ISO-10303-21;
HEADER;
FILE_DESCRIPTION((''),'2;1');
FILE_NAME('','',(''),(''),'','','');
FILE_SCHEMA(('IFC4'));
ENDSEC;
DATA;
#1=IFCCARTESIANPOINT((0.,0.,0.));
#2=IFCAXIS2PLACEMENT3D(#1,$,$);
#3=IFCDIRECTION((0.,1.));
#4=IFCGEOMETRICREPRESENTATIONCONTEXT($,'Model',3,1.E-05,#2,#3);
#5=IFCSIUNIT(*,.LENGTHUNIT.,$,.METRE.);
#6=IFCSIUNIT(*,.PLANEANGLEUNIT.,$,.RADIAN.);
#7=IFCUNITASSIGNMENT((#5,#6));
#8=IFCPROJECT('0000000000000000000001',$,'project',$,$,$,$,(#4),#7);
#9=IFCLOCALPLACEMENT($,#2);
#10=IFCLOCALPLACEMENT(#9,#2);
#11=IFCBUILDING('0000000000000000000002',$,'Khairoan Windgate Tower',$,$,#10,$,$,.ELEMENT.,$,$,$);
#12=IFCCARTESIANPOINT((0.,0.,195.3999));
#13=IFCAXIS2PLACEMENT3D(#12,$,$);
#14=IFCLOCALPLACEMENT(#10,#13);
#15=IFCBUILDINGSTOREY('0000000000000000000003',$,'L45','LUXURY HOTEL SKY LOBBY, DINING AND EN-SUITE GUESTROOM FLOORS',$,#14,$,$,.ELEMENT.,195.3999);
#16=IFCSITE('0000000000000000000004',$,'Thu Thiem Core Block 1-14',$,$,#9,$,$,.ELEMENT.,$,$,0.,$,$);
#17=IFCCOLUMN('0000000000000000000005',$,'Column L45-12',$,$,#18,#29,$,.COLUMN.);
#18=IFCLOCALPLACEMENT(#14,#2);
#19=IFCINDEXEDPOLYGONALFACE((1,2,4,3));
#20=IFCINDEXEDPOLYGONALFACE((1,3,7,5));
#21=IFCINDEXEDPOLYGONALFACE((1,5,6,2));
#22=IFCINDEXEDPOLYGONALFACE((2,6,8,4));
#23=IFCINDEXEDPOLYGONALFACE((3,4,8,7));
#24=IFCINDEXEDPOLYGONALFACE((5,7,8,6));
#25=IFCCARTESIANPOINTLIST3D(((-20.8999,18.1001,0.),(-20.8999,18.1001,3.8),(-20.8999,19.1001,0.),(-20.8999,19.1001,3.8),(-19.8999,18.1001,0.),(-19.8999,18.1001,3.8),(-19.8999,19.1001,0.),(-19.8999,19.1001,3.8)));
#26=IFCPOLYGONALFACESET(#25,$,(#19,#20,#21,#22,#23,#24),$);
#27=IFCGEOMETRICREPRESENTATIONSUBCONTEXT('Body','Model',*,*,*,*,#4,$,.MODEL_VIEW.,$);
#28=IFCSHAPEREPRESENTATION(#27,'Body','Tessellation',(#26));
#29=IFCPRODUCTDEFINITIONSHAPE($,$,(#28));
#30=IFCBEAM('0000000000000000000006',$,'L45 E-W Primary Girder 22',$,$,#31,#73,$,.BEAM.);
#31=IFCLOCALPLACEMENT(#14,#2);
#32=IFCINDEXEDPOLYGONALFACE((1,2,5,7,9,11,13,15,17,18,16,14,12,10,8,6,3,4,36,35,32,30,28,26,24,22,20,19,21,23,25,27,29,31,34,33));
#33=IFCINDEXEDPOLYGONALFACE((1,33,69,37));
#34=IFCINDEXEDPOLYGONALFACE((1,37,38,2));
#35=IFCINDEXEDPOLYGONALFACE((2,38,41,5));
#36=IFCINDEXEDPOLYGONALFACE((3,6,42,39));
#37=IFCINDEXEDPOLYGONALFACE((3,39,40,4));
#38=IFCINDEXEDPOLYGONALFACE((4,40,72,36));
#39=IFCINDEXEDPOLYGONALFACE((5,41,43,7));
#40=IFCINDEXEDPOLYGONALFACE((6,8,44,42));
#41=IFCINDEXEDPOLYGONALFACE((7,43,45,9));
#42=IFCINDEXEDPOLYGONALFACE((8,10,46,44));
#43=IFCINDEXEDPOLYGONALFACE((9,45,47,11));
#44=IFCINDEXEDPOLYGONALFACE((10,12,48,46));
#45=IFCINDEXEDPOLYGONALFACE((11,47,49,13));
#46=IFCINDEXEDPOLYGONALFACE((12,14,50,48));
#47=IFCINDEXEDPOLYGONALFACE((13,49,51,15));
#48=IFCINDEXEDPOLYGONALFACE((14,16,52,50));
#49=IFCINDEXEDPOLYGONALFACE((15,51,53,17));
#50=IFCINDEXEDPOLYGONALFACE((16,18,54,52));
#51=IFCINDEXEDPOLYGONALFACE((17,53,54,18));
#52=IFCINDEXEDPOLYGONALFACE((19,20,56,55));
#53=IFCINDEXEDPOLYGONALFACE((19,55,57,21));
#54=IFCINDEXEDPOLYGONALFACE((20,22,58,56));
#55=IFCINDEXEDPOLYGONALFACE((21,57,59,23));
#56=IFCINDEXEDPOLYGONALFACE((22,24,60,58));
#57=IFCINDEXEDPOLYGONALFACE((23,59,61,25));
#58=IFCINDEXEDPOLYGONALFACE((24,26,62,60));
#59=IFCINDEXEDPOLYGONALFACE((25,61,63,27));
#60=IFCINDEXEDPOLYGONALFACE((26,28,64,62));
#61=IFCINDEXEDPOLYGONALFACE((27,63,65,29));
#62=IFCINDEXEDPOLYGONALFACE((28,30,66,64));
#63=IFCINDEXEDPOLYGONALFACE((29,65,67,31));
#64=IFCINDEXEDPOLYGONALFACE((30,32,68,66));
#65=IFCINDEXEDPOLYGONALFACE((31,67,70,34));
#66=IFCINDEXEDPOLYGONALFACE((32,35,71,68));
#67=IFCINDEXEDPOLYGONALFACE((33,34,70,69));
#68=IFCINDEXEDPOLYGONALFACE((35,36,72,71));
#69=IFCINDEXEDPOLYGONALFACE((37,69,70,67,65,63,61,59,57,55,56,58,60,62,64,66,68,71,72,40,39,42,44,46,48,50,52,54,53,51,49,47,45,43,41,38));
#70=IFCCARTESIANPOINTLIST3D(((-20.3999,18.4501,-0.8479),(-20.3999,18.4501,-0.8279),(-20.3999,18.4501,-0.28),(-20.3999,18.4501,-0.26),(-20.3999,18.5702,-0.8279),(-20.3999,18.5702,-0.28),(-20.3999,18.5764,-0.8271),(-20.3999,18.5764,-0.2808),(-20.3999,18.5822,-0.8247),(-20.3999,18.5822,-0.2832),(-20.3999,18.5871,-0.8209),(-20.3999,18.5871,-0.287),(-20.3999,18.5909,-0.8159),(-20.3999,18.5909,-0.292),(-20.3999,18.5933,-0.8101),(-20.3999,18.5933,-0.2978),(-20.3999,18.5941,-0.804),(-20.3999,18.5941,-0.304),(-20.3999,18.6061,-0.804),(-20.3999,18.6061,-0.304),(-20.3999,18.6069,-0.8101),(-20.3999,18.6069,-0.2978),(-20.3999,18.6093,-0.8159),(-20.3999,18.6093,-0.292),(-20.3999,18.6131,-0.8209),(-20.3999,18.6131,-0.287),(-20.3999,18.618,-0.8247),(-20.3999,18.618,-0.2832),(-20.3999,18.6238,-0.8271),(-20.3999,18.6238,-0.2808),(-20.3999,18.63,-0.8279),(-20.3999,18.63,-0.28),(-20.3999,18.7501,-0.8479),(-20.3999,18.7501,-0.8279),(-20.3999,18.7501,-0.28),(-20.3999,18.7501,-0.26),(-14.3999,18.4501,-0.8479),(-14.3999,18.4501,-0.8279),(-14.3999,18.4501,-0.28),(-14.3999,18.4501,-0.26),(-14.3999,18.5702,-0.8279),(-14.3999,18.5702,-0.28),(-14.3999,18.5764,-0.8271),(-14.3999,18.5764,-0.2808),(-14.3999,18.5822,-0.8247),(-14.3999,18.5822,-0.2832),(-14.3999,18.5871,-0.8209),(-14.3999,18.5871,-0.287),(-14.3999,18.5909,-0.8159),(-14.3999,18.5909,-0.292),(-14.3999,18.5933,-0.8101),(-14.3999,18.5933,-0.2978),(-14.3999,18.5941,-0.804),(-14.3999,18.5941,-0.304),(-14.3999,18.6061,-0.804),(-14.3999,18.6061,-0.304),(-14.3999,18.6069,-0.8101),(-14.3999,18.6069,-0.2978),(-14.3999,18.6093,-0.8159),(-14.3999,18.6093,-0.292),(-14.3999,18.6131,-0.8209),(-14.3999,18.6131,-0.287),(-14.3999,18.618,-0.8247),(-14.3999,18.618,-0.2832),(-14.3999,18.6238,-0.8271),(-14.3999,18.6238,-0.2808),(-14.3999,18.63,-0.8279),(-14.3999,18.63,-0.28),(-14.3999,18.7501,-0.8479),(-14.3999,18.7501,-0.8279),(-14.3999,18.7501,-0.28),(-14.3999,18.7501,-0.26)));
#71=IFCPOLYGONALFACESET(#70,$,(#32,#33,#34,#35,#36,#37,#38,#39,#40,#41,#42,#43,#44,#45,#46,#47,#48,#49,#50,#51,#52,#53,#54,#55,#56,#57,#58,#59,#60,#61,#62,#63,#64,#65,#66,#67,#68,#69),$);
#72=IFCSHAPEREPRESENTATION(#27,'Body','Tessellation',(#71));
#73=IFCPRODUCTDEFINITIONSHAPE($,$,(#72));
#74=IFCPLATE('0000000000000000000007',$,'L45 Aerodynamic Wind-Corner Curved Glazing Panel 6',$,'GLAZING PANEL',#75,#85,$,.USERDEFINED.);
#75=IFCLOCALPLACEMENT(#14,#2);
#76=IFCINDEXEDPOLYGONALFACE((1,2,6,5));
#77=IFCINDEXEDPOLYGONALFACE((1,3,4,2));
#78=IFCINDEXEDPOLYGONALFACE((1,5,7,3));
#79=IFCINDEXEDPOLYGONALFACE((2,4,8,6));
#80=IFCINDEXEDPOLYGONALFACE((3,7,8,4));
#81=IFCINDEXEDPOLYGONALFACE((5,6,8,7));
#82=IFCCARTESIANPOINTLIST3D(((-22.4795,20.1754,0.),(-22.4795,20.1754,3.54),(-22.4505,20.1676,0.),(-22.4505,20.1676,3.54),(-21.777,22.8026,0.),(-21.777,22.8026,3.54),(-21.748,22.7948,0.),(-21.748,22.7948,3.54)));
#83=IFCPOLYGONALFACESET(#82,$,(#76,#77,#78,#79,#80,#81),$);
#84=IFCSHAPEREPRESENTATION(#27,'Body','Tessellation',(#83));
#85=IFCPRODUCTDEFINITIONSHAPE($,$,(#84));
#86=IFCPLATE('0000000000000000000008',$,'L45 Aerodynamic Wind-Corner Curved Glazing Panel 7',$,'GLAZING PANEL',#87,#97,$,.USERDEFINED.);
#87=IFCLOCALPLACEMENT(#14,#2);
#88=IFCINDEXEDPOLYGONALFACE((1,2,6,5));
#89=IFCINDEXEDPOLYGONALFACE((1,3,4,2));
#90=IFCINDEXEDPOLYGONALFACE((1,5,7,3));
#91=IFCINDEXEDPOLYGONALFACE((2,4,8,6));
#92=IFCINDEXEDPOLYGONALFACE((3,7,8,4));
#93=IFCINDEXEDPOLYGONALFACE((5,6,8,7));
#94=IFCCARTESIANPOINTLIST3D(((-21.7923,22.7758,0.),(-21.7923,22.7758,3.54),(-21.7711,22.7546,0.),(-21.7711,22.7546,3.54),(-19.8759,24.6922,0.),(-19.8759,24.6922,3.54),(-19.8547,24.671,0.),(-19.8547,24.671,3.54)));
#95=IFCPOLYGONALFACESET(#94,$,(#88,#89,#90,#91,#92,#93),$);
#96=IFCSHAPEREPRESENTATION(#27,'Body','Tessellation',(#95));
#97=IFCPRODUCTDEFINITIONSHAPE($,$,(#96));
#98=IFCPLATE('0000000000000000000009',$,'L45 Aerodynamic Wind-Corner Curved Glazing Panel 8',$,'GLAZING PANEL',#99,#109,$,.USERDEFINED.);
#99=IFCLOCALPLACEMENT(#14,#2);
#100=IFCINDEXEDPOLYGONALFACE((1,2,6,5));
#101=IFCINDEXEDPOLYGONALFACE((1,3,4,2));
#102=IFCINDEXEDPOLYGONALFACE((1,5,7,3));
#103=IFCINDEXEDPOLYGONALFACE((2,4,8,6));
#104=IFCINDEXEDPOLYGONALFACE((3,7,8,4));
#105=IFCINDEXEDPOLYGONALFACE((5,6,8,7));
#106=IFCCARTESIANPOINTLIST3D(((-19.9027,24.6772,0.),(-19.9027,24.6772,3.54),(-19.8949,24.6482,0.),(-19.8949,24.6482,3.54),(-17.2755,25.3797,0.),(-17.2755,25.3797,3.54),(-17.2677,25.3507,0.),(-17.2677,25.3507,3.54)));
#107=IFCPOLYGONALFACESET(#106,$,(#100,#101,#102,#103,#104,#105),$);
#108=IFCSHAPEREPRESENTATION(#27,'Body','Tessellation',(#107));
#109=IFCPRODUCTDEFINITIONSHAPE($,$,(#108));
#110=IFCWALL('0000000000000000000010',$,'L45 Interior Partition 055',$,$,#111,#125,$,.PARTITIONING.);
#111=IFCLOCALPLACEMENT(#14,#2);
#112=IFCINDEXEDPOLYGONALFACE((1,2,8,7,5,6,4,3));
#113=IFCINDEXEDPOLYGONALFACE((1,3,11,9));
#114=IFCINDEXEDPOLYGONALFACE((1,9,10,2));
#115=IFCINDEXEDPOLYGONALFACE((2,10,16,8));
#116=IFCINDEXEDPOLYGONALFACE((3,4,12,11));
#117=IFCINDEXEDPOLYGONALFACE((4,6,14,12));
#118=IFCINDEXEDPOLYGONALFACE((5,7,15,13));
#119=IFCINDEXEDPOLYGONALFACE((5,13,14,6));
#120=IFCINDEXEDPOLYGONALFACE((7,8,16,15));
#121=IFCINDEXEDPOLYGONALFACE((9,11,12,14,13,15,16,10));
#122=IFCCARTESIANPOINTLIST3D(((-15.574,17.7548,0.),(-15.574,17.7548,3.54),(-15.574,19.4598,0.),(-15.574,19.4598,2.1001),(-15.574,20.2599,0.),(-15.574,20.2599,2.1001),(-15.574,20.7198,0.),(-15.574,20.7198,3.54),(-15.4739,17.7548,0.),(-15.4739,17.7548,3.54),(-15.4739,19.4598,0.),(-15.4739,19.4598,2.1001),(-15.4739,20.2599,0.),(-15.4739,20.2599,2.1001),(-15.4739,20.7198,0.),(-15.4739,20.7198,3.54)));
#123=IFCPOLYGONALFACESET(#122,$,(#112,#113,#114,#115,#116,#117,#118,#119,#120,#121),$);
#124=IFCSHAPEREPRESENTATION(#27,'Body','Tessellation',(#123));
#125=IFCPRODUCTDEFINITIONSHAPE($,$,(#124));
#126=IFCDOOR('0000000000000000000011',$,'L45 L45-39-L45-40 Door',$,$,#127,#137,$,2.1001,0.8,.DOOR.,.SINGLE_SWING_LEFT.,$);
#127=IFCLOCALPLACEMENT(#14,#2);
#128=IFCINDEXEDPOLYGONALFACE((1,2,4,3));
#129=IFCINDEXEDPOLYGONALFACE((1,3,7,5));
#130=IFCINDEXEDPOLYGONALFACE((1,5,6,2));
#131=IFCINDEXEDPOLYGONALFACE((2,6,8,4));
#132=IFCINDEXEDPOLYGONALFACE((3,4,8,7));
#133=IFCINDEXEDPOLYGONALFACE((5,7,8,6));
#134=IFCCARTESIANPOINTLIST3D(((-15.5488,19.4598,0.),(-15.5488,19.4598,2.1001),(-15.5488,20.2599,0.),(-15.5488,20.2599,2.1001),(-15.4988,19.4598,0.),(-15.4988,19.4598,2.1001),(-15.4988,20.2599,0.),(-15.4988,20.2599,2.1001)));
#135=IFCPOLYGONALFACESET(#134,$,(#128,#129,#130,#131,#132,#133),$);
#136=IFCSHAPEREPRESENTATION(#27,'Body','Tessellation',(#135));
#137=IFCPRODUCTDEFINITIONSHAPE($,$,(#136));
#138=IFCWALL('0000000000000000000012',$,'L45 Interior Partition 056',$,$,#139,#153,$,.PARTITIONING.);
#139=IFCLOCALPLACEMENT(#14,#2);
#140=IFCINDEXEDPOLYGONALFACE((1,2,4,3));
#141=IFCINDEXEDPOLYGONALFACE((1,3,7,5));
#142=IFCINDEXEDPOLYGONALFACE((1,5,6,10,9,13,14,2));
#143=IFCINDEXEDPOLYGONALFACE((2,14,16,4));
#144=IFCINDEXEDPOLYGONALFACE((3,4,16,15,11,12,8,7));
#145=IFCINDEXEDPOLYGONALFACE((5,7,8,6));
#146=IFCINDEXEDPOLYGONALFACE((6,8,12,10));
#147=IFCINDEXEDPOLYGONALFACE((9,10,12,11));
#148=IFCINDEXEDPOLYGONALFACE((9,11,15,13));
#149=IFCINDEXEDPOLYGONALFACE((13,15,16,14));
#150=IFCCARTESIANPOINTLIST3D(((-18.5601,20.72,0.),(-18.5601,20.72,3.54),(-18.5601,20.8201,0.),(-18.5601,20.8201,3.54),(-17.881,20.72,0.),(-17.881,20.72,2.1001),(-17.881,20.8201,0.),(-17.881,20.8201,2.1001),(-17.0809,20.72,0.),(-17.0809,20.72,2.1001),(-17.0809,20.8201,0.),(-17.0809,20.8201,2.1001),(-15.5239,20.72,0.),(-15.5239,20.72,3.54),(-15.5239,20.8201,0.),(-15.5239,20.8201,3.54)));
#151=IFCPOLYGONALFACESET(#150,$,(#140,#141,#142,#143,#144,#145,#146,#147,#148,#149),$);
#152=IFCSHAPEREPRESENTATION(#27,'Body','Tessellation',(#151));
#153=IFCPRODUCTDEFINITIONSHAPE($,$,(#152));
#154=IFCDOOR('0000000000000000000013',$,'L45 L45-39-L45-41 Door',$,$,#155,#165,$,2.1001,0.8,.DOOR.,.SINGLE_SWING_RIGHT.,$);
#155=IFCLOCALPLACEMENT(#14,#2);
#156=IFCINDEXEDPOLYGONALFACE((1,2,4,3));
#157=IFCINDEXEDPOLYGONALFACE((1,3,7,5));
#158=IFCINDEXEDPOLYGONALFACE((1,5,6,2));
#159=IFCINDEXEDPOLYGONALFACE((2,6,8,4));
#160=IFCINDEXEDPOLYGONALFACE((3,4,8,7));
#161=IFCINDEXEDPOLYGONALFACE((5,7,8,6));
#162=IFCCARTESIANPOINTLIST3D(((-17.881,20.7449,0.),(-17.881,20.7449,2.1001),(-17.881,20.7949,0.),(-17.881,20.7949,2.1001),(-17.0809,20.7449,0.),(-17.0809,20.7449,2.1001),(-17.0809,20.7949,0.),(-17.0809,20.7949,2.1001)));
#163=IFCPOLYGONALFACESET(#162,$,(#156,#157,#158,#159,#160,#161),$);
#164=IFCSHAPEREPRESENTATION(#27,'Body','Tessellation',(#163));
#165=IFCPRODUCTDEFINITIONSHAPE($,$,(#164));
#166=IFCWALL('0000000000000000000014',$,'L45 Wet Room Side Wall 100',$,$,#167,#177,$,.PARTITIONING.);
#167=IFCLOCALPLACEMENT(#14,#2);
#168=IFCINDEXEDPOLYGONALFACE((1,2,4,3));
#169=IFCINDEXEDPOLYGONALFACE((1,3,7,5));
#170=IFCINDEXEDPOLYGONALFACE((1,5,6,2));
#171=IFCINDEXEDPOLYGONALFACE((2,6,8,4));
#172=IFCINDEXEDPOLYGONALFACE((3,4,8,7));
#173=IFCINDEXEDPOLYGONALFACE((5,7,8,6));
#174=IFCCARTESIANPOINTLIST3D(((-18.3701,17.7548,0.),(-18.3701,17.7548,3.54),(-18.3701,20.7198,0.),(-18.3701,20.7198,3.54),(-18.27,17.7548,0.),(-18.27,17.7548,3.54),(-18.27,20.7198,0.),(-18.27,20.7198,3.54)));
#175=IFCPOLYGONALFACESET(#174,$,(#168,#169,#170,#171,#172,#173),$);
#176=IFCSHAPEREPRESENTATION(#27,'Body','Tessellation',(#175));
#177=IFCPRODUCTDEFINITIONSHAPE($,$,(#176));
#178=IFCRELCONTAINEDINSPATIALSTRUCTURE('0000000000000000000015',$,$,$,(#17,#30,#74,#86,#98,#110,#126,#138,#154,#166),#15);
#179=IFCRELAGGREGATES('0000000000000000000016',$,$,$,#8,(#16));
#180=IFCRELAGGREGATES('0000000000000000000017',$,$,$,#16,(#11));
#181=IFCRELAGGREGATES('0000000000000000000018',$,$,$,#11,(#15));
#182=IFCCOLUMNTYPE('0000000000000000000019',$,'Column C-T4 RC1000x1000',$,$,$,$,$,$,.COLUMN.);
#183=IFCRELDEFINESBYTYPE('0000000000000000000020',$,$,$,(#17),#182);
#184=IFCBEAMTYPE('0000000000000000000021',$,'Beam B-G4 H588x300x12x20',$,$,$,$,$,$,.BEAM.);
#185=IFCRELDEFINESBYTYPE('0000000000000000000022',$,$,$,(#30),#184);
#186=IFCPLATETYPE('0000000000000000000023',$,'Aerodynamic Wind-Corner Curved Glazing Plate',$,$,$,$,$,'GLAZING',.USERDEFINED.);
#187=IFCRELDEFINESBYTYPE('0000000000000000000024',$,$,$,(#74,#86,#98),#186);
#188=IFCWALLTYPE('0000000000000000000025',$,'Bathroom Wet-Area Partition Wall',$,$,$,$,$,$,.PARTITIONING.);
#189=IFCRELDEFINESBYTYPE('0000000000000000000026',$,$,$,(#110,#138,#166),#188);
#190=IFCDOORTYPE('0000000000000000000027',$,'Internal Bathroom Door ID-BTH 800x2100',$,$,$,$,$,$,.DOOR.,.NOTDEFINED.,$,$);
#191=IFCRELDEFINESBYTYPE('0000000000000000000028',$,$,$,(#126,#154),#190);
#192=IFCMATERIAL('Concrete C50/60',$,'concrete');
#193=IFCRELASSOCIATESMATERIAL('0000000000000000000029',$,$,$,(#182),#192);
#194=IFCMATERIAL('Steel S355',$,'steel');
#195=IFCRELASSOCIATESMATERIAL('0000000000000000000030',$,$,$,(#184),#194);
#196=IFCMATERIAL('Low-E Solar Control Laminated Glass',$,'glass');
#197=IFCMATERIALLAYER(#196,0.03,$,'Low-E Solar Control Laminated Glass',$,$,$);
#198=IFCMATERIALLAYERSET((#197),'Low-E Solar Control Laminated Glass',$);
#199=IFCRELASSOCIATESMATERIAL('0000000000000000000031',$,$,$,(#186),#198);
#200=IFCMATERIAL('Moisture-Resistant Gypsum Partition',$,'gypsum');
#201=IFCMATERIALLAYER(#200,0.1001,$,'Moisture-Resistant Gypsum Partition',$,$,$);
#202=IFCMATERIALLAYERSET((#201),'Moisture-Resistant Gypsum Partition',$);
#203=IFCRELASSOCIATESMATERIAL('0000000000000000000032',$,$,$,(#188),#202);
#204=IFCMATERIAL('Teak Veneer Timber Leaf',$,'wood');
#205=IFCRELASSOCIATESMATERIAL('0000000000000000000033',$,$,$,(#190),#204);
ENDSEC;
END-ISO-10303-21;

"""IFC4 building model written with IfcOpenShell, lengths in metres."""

from ifc_helpers import new_model, si_unit, direction, frame, frame_2d, origin, origin_2d, place, context, subcontext, project, spatial, rectangle, i_section, extrude, material, layer, layer_set, material_profile, profile_set, type_object, element, fill, save


model = new_model("IFC4")

# Units and contexts
model_context = context("Model", 3, precision=1e-05, world=origin(), true_north=direction((0.0, 1.0)))
body_context = subcontext(model_context, "Body", "Model", "MODEL_VIEW")
ifc_project = project(units=[si_unit("LENGTHUNIT", "METRE"), si_unit("PLANEANGLEUNIT", "RADIAN")], contexts=[model_context])

# Site, building, storey
site_placement = place(None, origin())
site = spatial("IfcSite", under=ifc_project, at=site_placement, Name="Thu Thiem Core Block 1-14", CompositionType="ELEMENT", RefElevation=0.0)
building_placement = place(site_placement, origin())
building = spatial("IfcBuilding", under=site, at=building_placement, Name="Khairoan Windgate Tower", CompositionType="ELEMENT")
storey_placement = place(building_placement, frame((0.0, 0.0, 195.3999)))
storey = spatial("IfcBuildingStorey", under=building, at=storey_placement, Name="L45", Description="LUXURY HOTEL SKY LOBBY, DINING AND EN-SUITE GUESTROOM FLOORS", CompositionType="ELEMENT", Elevation=195.3999)

# Column
ifc_material_1 = material(Name="Concrete C50/60", Category="concrete")
ifc_material_profile_1 = material_profile(ifc_material_1, rectangle(XDim=1.0, YDim=1.0, at=origin_2d()))
ifc_profile_set_1 = profile_set([ifc_material_profile_1], Name="Concrete C50/60")
column_type = type_object("IfcColumnType", Name="Column C-T4 RC1000x1000", PredefinedType="COLUMN", material=ifc_profile_set_1)
column_placement = place(storey_placement, frame((-20.3999, 18.6001, 0.0), z_axis=(0.0, 0.0, 1.0), x_axis=(1.0, 0.0, 0.0)))
element("IfcColumn", 1, at=column_placement, inside=storey, type_object=column_type, Name="Column L45-12", PredefinedType="COLUMN", context=body_context, shape_type="SweptSolid", body=[
    extrude(rectangle(XDim=1.0, YDim=1.0, at=origin_2d()), origin(), (0.0, 0.0, 1.0), 3.8),
])

# Beam
ifc_material_2 = material(Name="Steel S355", Category="steel")
ifc_material_profile_2 = material_profile(ifc_material_2, i_section(OverallWidth=0.3, OverallDepth=0.5879, WebThickness=0.012, FlangeThickness=0.02, FilletRadius=0.0239, at=origin_2d()))
ifc_profile_set_2 = profile_set([ifc_material_profile_2], Name="Steel S355")
beam_type = type_object("IfcBeamType", Name="Beam B-G4 H588x300x12x20", PredefinedType="BEAM", material=ifc_profile_set_2)
beam_placement = place(storey_placement, frame((-20.3999, 18.6001, -0.554), z_axis=(1.0, 0.0, 0.0), x_axis=(0.0, 1.0, 0.0)))
element("IfcBeam", 2, at=beam_placement, inside=storey, type_object=beam_type, Name="L45 E-W Primary Girder 22", PredefinedType="BEAM", context=body_context, shape_type="SweptSolid", body=[
    extrude(i_section(OverallWidth=0.3, OverallDepth=0.5879, WebThickness=0.012, FlangeThickness=0.02, FilletRadius=0.0239, at=origin_2d()), origin(), (0.0, 0.0, 1.0), 6.0),
])

# Plates
ifc_material_3 = material(Name="Low-E Solar Control Laminated Glass", Category="glass")
ifc_layer_1 = layer(ifc_material_3, 0.03, Name="Low-E Solar Control Laminated Glass")
ifc_layer_set_1 = layer_set([ifc_layer_1], Name="Low-E Solar Control Laminated Glass")
plate_type_1 = type_object("IfcPlateType", Name="Aerodynamic Wind-Corner Curved Glazing Plate", ElementType="GLAZING", PredefinedType="USERDEFINED", material=ifc_layer_set_1)
plate_1_placement = place(storey_placement, frame((-22.1138, 21.4851, 0.0), z_axis=(0.0, 0.0, 1.0), x_axis=(0.258313, 0.966061, 0.0)))
element("IfcPlate", 3, at=plate_1_placement, inside=storey, type_object=plate_type_1, Name="L45 Aerodynamic Wind-Corner Curved Glazing Panel 6", ObjectType="GLAZING PANEL", PredefinedType="USERDEFINED", context=body_context, shape_type="SweptSolid", body=[
    extrude(rectangle(XDim=2.7195, YDim=0.03, at=origin_2d()), origin(), (0.0, 0.0, 1.0), 3.54),
])
plate_2_placement = place(storey_placement, frame((-20.8235, 23.7234, 0.0), z_axis=(0.0, 0.0, 1.0), x_axis=(0.707107, 0.707107, 0.0)))
element("IfcPlate", 4, at=plate_2_placement, inside=storey, type_object=plate_type_1, Name="L45 Aerodynamic Wind-Corner Curved Glazing Panel 7", ObjectType="GLAZING PANEL", PredefinedType="USERDEFINED", context=body_context, shape_type="SweptSolid", body=[
    extrude(rectangle(XDim=2.7102, YDim=0.03, at=origin_2d()), origin(), (0.0, 0.0, 1.0), 3.54),
])
plate_3_placement = place(storey_placement, frame((-18.5852, 25.0139, 0.0), z_axis=(0.0, 0.0, 1.0), x_axis=(0.966061, 0.258313, 0.0)))
element("IfcPlate", 5, at=plate_3_placement, inside=storey, type_object=plate_type_1, Name="L45 Aerodynamic Wind-Corner Curved Glazing Panel 8", ObjectType="GLAZING PANEL", PredefinedType="USERDEFINED", context=body_context, shape_type="SweptSolid", body=[
    extrude(rectangle(XDim=2.7195, YDim=0.03, at=origin_2d()), origin(), (0.0, 0.0, 1.0), 3.54),
])

# Walls, openings, doors
ifc_material_4 = material(Name="Moisture-Resistant Gypsum Partition", Category="gypsum")
ifc_layer_2 = layer(ifc_material_4, 0.1001, Name="Moisture-Resistant Gypsum Partition")
ifc_layer_set_2 = layer_set([ifc_layer_2], Name="Moisture-Resistant Gypsum Partition")
wall_type_1 = type_object("IfcWallType", Name="Bathroom Wet-Area Partition Wall", PredefinedType="PARTITIONING", material=ifc_layer_set_2)
wall_1_placement = place(storey_placement, frame((-15.5239, 17.7549, 0.0), z_axis=(0.0, 0.0, 1.0), x_axis=(0.0, 1.0, 0.0)))
wall_1 = element("IfcWall", 6, at=wall_1_placement, inside=storey, type_object=wall_type_1, Name="L45 Interior Partition 055", PredefinedType="PARTITIONING", context=body_context, shape_type="SweptSolid", body=[
    extrude(rectangle(XDim=2.9651, YDim=0.1001, at=frame_2d((1.4824, 0.0))), origin(), (0.0, 0.0, 1.0), 3.54),
])
opening_1_placement = place(wall_1_placement, frame((1.7051, 0.0, 0.0)))
opening_1 = element("IfcOpeningElement", 7, at=opening_1_placement, cuts=wall_1, PredefinedType="OPENING", context=body_context, shape_type="SweptSolid", body=[
    extrude(rectangle(XDim=0.8, YDim=2.1001, at=frame_2d((0.3999, 1.05))), frame((0.0, 0.0601, 0.0), z_axis=(0.0, -1.0, 0.0), x_axis=(1.0, 0.0, 0.0)), (0.0, 0.0, 1.0), 0.1201),
])
ifc_material_5 = material(Name="Teak Veneer Timber Leaf", Category="wood")
door_type_1 = type_object("IfcDoorType", Name="Internal Bathroom Door ID-BTH 800x2100", OperationType="NOTDEFINED", PredefinedType="DOOR", material=ifc_material_5)
door_1_placement = place(opening_1_placement, origin())
door_1 = element("IfcDoor", 8, at=door_1_placement, inside=storey, type_object=door_type_1, Name="L45 L45-39-L45-40 Door", OperationType="SINGLE_SWING_LEFT", OverallHeight=2.1001, OverallWidth=0.8, PredefinedType="DOOR", context=body_context, shape_type="SweptSolid", body=[
    extrude(rectangle(XDim=0.8, YDim=2.1001, at=frame_2d((0.3999, 1.05))), frame((0.0, 0.0249, 0.0), z_axis=(0.0, -1.0, 0.0), x_axis=(1.0, 0.0, 0.0)), (0.0, 0.0, 1.0), 0.05),
])
fill(opening_1, door_1)
wall_2_placement = place(storey_placement, frame((-18.5601, 20.77, 0.0), z_axis=(0.0, 0.0, 1.0), x_axis=(1.0, 0.0, 0.0)))
wall_2 = element("IfcWall", 9, at=wall_2_placement, inside=storey, type_object=wall_type_1, Name="L45 Interior Partition 056", PredefinedType="PARTITIONING", context=body_context, shape_type="SweptSolid", body=[
    extrude(rectangle(XDim=3.0361, YDim=0.1001, at=frame_2d((1.5181, 0.0))), origin(), (0.0, 0.0, 1.0), 3.54),
])
opening_2_placement = place(wall_2_placement, frame((0.6792, 0.0, 0.0)))
opening_2 = element("IfcOpeningElement", 10, at=opening_2_placement, cuts=wall_2, PredefinedType="OPENING", context=body_context, shape_type="SweptSolid", body=[
    extrude(rectangle(XDim=0.8, YDim=2.1001, at=frame_2d((0.3999, 1.05))), frame((0.0, 0.0601, 0.0), z_axis=(0.0, -1.0, 0.0), x_axis=(1.0, 0.0, 0.0)), (0.0, 0.0, 1.0), 0.1201),
])
door_2_placement = place(opening_2_placement, origin())
door_2 = element("IfcDoor", 11, at=door_2_placement, inside=storey, type_object=door_type_1, Name="L45 L45-39-L45-41 Door", OperationType="SINGLE_SWING_RIGHT", OverallHeight=2.1001, OverallWidth=0.8, PredefinedType="DOOR", context=body_context, shape_type="SweptSolid", body=[
    extrude(rectangle(XDim=0.8, YDim=2.1001, at=frame_2d((0.3999, 1.05))), frame((0.0, 0.0249, 0.0), z_axis=(0.0, -1.0, 0.0), x_axis=(1.0, 0.0, 0.0)), (0.0, 0.0, 1.0), 0.05),
])
fill(opening_2, door_2)

# Wall
wall_3_placement = place(storey_placement, frame((-18.3201, 17.7549, 0.0), z_axis=(0.0, 0.0, 1.0), x_axis=(0.0, 1.0, 0.0)))
element("IfcWall", 12, at=wall_3_placement, inside=storey, type_object=wall_type_1, Name="L45 Wet Room Side Wall 100", PredefinedType="PARTITIONING", context=body_context, shape_type="SweptSolid", body=[
    extrude(rectangle(XDim=2.9651, YDim=0.1001, at=frame_2d((1.4824, 0.0))), origin(), (0.0, 0.0, 1.0), 3.54),
])

save(model, "model.ifc")
